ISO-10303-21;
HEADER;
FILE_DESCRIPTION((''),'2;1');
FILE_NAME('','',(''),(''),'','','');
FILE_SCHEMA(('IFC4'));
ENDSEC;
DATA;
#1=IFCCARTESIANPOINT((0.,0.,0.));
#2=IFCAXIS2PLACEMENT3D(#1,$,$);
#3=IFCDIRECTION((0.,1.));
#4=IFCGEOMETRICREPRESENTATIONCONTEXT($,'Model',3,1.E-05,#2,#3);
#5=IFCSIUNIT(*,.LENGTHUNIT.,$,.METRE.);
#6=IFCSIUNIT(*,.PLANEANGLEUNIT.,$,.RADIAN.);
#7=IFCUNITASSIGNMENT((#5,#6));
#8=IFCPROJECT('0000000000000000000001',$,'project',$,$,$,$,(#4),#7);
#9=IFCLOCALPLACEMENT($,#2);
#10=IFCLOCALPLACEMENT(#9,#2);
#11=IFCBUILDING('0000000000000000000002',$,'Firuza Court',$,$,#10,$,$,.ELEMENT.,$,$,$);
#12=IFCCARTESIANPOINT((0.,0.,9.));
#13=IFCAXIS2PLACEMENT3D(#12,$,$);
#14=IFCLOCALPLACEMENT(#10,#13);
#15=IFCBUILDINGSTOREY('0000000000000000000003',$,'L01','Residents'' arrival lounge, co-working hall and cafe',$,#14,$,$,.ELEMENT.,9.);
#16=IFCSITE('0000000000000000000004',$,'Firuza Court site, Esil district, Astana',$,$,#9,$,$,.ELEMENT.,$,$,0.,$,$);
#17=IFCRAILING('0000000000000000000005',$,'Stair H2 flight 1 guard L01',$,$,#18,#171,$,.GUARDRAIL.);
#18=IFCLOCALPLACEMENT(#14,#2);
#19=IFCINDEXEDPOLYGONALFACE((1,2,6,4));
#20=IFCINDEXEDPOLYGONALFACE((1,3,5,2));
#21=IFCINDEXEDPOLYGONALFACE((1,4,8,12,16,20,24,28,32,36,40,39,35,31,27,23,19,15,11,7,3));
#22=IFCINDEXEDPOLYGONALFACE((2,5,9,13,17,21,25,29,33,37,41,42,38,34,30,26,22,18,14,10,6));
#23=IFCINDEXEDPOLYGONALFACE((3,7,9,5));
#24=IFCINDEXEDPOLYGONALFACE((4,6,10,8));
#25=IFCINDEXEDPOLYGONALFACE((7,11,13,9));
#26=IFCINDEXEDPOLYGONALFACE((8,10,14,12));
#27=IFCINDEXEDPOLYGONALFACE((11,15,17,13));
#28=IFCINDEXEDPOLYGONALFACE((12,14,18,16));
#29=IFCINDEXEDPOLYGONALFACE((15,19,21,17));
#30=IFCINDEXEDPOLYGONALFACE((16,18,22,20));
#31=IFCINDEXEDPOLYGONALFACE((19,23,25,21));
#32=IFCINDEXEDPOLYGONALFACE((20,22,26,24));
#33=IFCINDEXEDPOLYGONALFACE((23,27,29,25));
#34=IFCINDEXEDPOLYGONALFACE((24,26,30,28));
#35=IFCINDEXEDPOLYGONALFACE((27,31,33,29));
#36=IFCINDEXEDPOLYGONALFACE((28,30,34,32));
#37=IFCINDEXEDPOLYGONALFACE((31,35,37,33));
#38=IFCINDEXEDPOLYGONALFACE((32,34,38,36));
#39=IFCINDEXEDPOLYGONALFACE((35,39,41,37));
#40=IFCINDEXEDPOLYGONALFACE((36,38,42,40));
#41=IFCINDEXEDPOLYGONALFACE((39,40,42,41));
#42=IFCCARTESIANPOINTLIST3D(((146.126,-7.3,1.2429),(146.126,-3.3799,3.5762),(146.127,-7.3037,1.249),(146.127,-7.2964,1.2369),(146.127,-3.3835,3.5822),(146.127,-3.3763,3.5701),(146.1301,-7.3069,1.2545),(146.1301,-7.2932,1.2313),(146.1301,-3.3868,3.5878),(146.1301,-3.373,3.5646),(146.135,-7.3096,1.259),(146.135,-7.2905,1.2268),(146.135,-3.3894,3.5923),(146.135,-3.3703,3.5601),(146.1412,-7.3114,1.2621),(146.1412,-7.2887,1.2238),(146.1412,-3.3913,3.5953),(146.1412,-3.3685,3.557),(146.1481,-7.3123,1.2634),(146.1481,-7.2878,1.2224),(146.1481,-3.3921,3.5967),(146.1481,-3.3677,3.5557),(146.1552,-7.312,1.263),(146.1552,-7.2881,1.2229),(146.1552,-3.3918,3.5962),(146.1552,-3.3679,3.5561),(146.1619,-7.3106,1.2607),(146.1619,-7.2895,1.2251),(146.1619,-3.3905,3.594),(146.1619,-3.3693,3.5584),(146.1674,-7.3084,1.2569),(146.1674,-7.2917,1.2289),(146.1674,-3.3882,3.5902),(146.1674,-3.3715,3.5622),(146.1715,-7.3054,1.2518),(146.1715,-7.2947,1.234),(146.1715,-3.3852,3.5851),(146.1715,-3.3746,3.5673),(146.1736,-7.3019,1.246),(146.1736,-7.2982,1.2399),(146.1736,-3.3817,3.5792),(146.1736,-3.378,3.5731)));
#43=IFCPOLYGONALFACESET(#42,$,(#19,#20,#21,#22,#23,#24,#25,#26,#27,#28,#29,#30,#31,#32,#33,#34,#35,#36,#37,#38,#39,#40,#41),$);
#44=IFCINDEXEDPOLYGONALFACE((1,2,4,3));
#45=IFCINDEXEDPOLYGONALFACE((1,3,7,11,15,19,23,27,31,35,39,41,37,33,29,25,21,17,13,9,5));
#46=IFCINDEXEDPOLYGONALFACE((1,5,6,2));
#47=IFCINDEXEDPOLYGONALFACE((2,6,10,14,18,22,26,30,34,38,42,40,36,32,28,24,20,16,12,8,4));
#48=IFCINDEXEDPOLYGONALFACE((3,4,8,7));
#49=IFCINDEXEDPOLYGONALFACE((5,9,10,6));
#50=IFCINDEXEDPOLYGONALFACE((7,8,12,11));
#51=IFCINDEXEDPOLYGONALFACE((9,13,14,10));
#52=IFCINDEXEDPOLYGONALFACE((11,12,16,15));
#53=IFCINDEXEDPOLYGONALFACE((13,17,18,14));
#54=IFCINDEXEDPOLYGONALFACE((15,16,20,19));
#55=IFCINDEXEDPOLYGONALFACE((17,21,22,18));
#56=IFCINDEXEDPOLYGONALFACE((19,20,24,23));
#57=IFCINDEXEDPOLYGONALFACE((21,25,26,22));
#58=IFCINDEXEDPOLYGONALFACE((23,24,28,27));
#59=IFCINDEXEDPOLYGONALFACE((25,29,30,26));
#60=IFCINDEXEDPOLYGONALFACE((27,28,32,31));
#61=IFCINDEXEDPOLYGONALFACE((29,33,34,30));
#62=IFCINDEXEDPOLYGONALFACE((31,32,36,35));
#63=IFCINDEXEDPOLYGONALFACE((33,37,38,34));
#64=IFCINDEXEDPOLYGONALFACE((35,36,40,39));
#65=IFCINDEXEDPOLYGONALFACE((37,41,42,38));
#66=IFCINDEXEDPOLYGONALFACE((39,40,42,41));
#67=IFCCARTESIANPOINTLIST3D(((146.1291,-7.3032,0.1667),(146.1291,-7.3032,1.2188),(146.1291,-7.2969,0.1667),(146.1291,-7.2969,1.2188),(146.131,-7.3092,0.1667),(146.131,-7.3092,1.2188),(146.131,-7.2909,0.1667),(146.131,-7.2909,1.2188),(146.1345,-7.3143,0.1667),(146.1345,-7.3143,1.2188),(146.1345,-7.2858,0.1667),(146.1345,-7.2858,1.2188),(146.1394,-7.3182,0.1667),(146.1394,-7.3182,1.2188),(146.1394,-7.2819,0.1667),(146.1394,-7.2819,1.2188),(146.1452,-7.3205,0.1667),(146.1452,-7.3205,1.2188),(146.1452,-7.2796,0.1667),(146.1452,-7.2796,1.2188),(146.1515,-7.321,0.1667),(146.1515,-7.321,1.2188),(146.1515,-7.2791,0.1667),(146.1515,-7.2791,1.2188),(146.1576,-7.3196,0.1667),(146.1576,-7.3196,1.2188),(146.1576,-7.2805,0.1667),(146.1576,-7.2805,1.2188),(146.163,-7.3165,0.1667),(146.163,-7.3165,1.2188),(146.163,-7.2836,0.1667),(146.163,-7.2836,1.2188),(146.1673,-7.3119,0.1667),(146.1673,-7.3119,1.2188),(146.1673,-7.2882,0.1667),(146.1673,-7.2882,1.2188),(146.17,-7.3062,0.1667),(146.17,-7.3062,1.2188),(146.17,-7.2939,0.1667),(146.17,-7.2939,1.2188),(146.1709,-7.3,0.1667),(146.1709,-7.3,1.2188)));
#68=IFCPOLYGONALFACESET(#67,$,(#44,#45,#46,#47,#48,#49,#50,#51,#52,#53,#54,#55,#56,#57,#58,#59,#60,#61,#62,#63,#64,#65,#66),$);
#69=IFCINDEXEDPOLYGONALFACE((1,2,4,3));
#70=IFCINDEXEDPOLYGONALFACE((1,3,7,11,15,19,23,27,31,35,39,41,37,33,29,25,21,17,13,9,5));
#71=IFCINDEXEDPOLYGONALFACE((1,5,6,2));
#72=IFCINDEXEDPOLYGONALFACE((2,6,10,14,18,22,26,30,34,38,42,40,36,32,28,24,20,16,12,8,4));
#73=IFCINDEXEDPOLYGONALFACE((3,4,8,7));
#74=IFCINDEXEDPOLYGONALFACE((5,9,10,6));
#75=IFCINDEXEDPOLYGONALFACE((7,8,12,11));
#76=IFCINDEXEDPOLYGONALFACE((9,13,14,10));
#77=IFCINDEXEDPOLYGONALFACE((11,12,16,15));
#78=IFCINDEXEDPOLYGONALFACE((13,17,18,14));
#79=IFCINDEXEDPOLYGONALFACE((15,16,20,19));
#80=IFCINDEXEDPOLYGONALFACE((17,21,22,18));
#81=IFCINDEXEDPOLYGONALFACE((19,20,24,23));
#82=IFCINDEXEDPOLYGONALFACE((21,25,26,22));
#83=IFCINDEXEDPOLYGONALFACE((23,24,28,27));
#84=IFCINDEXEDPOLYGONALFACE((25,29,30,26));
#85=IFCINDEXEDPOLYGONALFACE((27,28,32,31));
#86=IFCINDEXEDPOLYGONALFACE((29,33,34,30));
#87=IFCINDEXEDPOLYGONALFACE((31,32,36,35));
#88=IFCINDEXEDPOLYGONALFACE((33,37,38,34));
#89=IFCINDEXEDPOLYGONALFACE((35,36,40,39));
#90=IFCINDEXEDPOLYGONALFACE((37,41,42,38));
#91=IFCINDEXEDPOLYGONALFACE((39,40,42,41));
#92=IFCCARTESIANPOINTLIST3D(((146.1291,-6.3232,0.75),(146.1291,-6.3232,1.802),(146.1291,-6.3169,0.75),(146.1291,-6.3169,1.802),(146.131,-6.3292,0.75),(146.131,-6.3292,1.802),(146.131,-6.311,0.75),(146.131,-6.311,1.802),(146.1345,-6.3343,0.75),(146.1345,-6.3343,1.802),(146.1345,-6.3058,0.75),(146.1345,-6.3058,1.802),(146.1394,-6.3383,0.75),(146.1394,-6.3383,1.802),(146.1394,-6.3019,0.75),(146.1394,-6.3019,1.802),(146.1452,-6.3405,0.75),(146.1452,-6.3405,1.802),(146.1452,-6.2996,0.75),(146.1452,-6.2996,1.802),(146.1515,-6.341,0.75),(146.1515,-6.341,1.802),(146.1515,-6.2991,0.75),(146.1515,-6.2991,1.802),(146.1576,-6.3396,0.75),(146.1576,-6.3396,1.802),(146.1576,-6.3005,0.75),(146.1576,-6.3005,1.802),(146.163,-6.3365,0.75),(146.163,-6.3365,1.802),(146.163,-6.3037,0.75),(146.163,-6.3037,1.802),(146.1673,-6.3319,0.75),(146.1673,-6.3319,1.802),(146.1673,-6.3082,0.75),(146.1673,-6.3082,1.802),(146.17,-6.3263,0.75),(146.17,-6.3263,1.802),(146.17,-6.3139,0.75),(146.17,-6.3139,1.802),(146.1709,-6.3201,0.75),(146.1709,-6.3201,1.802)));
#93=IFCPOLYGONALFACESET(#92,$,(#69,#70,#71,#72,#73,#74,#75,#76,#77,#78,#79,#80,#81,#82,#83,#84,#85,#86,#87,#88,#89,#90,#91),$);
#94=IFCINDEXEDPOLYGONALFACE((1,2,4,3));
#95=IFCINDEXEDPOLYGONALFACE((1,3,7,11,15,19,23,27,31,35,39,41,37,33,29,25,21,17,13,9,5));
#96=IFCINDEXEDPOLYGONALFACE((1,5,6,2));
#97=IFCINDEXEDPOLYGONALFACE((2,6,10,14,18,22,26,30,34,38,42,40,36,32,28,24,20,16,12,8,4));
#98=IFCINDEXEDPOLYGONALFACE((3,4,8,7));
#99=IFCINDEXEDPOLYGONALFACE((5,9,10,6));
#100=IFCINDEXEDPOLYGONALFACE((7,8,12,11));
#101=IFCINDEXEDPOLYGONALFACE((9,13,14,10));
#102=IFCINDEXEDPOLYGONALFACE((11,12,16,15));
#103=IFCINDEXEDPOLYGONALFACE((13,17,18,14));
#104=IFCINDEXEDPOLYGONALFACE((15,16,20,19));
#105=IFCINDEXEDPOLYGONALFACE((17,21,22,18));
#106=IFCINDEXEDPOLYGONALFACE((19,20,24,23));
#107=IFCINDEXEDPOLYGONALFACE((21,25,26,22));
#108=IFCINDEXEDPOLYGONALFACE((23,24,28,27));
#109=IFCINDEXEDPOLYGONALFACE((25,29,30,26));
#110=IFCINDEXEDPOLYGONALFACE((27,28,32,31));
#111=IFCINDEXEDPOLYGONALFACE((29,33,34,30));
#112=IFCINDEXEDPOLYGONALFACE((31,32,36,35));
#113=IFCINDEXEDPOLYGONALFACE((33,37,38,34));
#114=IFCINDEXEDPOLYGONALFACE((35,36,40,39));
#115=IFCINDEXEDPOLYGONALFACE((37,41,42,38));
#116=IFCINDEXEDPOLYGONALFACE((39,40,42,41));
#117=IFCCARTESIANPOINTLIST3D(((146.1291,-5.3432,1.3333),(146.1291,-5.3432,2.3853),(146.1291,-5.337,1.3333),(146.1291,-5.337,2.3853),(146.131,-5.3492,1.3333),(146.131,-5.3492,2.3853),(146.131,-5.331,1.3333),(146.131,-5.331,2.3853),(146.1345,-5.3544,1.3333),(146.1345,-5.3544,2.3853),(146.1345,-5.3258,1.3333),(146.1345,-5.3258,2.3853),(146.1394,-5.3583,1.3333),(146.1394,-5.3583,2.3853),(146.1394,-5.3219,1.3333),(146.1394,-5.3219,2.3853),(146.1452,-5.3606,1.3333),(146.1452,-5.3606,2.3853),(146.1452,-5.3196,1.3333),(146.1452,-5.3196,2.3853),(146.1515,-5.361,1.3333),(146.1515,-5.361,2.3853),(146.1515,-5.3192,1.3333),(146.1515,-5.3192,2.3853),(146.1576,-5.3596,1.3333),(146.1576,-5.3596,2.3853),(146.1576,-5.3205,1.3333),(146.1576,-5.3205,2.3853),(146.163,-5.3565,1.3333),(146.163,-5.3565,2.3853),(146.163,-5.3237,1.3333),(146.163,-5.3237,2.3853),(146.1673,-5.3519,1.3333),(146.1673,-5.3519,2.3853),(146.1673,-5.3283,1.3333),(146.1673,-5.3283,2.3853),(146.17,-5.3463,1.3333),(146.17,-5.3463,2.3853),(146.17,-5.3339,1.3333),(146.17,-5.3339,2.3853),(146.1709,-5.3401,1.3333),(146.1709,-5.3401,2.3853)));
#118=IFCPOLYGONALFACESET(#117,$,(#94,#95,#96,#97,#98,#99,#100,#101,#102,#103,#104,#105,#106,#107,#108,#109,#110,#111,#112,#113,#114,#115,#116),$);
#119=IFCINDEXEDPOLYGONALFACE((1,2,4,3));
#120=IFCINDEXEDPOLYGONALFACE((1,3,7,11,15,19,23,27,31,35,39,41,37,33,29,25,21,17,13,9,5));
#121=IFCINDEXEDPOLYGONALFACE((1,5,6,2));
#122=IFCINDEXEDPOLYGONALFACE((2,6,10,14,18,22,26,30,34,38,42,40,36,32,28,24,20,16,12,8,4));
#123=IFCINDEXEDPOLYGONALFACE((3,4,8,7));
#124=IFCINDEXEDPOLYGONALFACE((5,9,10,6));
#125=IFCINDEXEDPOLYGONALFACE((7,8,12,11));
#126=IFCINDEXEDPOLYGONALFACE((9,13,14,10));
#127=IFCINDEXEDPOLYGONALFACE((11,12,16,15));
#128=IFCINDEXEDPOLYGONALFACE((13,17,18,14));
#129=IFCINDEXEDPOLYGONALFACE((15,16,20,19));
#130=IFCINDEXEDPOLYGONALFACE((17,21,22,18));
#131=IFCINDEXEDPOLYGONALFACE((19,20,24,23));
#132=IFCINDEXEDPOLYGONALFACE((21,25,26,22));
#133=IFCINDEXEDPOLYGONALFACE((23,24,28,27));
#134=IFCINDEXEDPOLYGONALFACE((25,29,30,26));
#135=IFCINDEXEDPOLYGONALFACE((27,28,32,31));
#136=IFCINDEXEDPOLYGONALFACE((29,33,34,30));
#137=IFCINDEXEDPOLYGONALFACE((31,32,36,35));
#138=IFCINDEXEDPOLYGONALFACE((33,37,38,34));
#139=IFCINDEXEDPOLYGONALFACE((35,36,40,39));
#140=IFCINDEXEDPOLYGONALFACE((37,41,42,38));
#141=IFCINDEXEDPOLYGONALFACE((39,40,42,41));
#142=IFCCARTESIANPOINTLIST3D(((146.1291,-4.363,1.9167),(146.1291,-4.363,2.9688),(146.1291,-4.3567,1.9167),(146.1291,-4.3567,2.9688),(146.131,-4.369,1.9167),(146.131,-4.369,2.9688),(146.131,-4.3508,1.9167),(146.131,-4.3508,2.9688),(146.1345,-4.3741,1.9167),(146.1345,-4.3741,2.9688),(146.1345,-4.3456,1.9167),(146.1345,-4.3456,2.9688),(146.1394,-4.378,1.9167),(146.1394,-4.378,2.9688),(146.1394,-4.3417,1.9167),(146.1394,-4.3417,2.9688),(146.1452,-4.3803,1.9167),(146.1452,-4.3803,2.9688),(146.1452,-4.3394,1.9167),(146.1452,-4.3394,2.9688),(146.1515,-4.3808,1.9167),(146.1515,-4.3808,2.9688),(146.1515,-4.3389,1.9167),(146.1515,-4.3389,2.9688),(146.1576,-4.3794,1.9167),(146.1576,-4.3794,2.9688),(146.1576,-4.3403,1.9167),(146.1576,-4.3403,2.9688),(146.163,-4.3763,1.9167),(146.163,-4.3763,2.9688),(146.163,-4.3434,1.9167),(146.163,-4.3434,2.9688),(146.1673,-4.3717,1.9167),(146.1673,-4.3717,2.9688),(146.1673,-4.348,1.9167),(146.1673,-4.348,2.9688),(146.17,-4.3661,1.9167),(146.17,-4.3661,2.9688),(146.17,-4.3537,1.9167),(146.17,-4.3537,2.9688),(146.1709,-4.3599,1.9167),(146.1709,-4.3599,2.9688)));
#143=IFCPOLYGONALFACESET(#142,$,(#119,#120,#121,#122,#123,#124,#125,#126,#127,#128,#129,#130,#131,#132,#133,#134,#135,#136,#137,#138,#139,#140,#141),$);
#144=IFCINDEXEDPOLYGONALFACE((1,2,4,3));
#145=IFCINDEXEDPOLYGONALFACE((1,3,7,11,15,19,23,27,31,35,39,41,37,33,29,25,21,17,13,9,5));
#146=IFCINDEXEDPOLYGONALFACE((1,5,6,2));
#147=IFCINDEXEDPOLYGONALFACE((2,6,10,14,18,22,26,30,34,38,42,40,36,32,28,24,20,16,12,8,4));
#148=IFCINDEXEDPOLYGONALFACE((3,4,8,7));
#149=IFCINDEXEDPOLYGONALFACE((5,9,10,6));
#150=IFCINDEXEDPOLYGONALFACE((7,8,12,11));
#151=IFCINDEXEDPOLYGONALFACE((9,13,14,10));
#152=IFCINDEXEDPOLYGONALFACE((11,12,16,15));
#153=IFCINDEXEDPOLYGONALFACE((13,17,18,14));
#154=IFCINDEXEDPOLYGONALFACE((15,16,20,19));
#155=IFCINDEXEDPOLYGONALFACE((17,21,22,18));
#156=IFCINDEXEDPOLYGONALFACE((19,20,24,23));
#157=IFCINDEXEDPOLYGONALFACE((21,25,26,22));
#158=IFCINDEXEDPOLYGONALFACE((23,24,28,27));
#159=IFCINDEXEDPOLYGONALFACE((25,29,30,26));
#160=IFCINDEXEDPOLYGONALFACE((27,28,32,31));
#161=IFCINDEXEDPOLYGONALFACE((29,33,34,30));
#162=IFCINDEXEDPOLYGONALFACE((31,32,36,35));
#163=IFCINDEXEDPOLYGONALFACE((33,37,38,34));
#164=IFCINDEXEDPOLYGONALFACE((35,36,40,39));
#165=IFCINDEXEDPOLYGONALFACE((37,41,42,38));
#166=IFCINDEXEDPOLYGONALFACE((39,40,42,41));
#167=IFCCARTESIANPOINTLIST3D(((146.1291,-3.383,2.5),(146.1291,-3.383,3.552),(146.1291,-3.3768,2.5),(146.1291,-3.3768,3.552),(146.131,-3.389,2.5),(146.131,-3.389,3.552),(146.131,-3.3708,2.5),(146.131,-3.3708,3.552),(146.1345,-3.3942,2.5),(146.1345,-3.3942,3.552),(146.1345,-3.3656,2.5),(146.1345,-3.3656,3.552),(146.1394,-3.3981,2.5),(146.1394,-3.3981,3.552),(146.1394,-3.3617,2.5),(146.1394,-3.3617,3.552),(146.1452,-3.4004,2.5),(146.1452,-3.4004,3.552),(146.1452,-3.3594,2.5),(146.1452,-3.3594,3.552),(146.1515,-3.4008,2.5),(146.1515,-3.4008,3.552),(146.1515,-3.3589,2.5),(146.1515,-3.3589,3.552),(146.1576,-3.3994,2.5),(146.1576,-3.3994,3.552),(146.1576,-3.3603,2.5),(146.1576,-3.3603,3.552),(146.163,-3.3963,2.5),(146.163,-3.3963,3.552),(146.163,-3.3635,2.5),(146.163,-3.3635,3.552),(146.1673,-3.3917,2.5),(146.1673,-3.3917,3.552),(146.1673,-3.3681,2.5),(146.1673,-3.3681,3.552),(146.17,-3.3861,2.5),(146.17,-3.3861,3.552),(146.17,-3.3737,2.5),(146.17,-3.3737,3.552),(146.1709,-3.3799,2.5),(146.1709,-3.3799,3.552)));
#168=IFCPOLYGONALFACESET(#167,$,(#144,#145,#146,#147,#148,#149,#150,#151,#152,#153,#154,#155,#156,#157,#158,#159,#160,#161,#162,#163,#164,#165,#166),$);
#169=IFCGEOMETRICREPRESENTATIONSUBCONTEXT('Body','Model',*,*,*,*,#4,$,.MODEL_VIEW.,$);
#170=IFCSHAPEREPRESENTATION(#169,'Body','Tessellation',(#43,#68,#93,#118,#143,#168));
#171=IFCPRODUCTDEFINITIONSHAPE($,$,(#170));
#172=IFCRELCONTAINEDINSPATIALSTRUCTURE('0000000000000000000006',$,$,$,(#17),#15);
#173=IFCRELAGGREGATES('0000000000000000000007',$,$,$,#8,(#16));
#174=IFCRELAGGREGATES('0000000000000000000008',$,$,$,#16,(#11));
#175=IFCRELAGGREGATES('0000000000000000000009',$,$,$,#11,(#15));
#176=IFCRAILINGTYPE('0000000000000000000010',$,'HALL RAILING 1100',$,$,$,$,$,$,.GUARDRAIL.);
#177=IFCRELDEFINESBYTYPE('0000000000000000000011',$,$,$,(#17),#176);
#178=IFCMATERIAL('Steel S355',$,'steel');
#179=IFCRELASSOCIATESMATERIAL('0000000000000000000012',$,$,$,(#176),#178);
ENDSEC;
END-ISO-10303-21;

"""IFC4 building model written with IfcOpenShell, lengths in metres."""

from ifc_helpers import new_model, si_unit, direction, frame, origin, origin_2d, place, context, subcontext, project, spatial, circle, extrude, material, type_object, element, save


model = new_model("IFC4")

# Units and contexts
model_context = context("Model", 3, precision=1e-05, world=origin(), true_north=direction((0.0, 1.0)))
body_context = subcontext(model_context, "Body", "Model", "MODEL_VIEW")
ifc_project = project(units=[si_unit("LENGTHUNIT", "METRE"), si_unit("PLANEANGLEUNIT", "RADIAN")], contexts=[model_context])

# Site, building, storey
site_placement = place(None, origin())
site = spatial("IfcSite", under=ifc_project, at=site_placement, Name="Firuza Court site, Esil district, Astana", CompositionType="ELEMENT", RefElevation=0.0)
building_placement = place(site_placement, origin())
building = spatial("IfcBuilding", under=site, at=building_placement, Name="Firuza Court", CompositionType="ELEMENT")
storey_placement = place(building_placement, frame((0.0, 0.0, 9.0)))
storey = spatial("IfcBuildingStorey", under=building, at=storey_placement, Name="L01", Description="Residents' arrival lounge, co-working hall and cafe", CompositionType="ELEMENT", Elevation=9.0)

# Railing
ifc_material_1 = material(Name="Steel S355", Category="steel")
railing_type_1 = type_object("IfcRailingType", Name="HALL RAILING 1100", PredefinedType="GUARDRAIL", material=ifc_material_1)
railing_1_placement = place(storey_placement, frame((146.1499, -7.3, 0.1667)))
element("IfcRailing", 1, at=railing_1_placement, inside=storey, type_object=railing_type_1, Name="Stair H2 flight 1 guard L01", PredefinedType="GUARDRAIL", context=body_context, shape_type="SweptSolid", body=[
    extrude(circle(Radius=0.0239, at=origin_2d()), frame((0.0, 0.0, 1.0762), z_axis=(0.0, 0.85931, 0.511455), x_axis=(-1.0, 0.0, 0.0)), (0.0, 0.0, 1.0), 4.562),
    extrude(circle(Radius=0.021, at=origin_2d()), origin(), (0.0, 0.0, 1.0), 1.052),
    extrude(circle(Radius=0.021, at=origin_2d()), frame((0.0, 0.98, 0.5833)), (0.0, 0.0, 1.0), 1.052),
    extrude(circle(Radius=0.021, at=origin_2d()), frame((0.0, 1.96, 1.1665)), (0.0, 0.0, 1.0), 1.052),
    extrude(circle(Radius=0.021, at=origin_2d()), frame((0.0, 2.9402, 1.75)), (0.0, 0.0, 1.0), 1.052),
    extrude(circle(Radius=0.021, at=origin_2d()), frame((0.0, 3.9202, 2.3333)), (0.0, 0.0, 1.0), 1.052),
])

save(model, "model.ifc")
